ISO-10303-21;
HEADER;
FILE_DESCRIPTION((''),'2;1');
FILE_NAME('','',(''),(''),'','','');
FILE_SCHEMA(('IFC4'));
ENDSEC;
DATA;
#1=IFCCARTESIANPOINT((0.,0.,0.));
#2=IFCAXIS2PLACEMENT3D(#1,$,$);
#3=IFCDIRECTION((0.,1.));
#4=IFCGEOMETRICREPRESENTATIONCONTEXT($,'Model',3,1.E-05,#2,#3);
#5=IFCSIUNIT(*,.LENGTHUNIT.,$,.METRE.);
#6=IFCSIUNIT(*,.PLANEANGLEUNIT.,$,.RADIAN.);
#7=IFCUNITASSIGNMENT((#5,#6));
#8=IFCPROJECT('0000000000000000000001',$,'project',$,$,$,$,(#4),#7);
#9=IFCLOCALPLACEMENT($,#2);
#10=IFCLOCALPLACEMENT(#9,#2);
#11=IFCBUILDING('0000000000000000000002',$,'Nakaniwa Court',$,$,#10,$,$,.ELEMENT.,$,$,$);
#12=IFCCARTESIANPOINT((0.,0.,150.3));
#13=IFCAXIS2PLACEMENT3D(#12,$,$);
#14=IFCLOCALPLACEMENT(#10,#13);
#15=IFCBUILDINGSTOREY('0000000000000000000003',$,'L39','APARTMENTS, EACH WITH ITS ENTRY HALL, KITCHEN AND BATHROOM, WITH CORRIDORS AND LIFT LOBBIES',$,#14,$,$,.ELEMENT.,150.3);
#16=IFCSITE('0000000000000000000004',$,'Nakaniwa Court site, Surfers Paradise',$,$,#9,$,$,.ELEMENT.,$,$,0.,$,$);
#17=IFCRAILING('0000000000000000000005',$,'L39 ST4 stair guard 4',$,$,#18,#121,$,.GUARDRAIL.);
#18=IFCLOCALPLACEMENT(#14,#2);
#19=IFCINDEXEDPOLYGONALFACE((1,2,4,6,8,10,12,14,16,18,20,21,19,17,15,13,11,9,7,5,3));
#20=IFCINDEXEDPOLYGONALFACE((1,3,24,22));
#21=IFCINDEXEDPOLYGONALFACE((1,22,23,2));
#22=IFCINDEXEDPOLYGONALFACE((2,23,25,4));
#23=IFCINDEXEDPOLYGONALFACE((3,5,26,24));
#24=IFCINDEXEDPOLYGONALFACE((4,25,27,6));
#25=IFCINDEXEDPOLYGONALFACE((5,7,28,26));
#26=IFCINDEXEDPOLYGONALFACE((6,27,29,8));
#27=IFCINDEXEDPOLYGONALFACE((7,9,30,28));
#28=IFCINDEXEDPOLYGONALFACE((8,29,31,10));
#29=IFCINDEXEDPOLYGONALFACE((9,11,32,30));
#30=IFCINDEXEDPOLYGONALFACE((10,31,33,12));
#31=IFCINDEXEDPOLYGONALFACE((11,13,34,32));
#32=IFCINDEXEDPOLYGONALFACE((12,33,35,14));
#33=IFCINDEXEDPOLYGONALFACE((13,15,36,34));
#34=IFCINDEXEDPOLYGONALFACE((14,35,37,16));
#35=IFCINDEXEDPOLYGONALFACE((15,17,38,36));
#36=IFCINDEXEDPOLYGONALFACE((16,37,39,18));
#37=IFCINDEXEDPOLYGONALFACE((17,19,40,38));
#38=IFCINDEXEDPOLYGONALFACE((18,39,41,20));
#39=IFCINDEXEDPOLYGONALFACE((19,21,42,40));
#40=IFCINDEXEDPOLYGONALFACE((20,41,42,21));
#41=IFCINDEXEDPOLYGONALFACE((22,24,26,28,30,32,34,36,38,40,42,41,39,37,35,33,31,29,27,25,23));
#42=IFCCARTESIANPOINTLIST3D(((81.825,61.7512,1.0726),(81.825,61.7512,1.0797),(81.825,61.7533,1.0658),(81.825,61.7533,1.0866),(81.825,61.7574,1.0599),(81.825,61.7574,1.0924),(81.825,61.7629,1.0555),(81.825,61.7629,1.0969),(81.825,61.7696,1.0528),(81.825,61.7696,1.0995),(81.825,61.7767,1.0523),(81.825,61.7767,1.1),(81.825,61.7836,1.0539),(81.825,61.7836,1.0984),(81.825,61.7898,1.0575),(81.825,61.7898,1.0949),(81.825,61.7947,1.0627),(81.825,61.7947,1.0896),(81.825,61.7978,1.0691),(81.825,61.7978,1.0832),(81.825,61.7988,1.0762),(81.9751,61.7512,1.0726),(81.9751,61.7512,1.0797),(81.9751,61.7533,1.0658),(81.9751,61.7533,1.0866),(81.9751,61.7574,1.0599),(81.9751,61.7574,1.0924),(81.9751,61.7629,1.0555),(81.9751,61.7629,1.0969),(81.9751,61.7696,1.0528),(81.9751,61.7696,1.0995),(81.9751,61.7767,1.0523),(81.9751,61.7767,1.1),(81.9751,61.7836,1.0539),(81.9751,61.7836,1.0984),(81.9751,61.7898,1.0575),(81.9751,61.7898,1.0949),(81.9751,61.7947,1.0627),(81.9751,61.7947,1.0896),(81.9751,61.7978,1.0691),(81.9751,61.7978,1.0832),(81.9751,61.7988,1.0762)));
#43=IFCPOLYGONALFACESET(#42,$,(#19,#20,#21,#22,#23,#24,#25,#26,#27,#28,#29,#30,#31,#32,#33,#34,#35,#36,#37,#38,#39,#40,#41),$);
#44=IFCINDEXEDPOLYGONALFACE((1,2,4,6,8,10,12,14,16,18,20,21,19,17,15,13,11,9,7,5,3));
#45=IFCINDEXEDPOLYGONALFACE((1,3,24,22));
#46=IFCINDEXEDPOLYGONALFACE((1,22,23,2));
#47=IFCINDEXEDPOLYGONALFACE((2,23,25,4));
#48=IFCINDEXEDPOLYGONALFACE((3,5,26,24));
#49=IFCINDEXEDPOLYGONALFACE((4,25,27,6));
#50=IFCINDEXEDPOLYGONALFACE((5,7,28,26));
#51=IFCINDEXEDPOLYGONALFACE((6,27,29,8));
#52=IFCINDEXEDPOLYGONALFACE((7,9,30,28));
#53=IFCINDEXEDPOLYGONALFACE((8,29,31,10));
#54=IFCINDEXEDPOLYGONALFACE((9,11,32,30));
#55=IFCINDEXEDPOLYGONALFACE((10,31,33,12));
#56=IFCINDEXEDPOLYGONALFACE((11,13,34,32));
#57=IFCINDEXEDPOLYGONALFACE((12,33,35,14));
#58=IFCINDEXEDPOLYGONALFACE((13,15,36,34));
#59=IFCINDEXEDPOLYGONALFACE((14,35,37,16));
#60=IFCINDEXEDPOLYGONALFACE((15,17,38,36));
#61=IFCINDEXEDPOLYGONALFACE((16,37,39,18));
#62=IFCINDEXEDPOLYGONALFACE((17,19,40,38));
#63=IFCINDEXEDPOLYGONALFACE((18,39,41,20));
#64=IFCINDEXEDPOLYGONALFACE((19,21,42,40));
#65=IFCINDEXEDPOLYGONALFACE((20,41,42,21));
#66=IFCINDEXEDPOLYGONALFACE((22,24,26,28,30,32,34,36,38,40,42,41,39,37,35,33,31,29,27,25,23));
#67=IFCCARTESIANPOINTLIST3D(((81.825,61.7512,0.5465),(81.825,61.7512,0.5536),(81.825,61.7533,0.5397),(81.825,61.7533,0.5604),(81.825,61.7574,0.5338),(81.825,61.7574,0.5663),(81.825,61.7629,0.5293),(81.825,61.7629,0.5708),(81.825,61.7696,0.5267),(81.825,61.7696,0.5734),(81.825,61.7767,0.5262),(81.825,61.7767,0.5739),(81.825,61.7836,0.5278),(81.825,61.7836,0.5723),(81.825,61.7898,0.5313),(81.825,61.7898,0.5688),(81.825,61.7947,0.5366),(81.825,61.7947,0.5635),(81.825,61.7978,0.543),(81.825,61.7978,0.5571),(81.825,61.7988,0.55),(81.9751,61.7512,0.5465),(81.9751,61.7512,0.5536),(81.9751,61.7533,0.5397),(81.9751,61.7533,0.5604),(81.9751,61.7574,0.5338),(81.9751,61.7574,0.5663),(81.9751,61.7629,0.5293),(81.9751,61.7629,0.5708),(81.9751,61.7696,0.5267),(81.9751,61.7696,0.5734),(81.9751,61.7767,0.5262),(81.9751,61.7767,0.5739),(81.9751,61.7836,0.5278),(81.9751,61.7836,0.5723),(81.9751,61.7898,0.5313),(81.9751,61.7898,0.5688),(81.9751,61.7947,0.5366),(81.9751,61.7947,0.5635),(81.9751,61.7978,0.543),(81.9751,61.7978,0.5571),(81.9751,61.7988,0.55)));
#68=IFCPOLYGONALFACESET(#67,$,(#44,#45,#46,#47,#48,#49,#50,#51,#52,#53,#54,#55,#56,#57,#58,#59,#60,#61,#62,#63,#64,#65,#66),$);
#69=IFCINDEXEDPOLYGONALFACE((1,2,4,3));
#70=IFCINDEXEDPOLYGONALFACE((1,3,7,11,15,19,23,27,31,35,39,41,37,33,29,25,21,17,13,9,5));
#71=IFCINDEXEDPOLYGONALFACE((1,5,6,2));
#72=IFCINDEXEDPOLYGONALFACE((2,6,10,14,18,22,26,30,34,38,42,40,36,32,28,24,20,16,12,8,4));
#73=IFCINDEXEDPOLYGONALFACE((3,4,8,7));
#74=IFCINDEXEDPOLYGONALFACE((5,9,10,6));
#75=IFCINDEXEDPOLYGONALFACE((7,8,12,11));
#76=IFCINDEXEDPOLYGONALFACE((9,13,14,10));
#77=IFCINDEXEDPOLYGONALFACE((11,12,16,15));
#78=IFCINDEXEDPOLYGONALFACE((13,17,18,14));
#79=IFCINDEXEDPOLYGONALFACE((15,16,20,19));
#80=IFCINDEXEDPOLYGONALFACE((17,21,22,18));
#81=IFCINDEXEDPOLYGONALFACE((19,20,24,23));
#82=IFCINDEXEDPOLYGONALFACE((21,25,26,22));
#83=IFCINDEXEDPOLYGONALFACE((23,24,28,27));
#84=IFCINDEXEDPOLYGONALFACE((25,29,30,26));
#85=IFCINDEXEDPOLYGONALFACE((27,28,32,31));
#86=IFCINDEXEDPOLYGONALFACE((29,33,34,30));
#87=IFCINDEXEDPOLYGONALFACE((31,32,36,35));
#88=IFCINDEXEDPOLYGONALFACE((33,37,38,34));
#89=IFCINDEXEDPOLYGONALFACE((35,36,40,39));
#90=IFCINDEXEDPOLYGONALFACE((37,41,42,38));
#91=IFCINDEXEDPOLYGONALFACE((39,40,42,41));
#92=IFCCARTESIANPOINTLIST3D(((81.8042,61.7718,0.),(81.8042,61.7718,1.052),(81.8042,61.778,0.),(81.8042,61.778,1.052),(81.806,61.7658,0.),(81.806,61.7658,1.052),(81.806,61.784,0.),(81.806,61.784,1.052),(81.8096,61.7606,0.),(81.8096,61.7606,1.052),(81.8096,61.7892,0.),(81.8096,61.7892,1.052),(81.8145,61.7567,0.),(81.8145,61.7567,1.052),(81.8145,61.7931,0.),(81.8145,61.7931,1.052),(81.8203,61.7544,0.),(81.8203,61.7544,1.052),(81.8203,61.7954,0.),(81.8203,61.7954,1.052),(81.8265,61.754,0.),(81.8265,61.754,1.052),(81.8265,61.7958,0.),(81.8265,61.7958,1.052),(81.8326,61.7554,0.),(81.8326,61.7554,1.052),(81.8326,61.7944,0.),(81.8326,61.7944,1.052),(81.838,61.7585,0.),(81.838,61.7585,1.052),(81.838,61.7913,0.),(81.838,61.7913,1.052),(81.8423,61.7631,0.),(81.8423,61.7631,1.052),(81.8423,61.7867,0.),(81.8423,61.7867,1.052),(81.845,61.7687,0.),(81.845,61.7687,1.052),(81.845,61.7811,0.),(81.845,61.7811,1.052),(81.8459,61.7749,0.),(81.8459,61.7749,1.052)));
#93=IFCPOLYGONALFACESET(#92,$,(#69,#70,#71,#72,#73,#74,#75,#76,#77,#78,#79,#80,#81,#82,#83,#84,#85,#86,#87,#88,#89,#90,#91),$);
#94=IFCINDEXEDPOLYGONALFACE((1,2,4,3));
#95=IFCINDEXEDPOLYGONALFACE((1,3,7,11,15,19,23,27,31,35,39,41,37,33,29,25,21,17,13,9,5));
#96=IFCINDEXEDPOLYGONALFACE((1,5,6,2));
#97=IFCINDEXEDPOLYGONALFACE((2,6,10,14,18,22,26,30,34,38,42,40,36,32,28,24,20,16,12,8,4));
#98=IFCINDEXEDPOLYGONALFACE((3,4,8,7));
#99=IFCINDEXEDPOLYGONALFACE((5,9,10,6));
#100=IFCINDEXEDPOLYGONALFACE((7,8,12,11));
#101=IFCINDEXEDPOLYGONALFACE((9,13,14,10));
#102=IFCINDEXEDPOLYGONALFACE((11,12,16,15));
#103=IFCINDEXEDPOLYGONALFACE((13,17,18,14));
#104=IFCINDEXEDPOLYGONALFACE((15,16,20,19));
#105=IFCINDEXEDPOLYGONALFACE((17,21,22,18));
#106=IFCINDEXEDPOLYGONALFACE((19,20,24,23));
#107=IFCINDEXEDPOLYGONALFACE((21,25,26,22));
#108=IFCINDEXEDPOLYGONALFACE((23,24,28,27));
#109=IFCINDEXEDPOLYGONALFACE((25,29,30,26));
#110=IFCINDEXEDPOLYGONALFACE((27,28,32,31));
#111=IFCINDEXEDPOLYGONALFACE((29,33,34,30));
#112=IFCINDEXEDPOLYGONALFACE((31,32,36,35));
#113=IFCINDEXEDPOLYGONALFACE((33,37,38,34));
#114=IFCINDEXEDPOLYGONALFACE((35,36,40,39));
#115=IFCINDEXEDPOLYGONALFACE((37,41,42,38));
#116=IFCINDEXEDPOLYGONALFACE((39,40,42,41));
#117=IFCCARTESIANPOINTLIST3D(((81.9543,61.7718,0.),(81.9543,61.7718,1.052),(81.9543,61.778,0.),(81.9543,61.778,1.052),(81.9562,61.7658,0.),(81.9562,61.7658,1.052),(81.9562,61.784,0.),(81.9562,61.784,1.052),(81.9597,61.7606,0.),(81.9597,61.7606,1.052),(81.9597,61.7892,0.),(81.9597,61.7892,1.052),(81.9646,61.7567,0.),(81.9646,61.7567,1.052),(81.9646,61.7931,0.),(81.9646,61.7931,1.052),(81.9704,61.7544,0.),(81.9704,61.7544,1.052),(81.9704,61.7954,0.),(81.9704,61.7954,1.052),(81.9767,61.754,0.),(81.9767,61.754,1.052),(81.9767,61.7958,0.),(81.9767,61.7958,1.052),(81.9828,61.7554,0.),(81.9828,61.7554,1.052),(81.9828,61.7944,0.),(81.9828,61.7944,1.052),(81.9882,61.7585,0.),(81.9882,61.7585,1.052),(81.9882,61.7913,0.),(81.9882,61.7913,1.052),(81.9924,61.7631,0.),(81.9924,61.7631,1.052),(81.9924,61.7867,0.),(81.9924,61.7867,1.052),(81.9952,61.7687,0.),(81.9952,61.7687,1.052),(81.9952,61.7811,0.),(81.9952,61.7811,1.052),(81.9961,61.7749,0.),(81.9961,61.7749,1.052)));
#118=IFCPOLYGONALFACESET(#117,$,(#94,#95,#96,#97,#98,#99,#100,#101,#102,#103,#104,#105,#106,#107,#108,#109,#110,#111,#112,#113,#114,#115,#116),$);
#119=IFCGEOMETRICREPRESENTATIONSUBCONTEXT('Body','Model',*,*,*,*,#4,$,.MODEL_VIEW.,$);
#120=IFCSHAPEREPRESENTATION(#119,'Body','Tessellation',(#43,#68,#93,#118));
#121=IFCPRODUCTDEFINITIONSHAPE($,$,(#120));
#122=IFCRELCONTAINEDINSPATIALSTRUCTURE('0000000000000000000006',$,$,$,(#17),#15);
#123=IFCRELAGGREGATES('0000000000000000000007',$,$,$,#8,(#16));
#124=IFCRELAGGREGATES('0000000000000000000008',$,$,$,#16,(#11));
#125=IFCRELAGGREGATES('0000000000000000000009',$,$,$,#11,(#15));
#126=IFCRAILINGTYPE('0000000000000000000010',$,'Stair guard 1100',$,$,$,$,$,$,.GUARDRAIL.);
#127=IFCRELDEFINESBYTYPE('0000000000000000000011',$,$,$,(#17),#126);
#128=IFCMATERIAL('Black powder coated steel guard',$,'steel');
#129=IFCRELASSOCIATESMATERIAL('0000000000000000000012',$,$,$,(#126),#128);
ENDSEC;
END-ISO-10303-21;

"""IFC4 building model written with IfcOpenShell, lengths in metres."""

from ifc_helpers import new_model, si_unit, direction, frame, origin, origin_2d, place, context, subcontext, project, spatial, circle, extrude, material, type_object, element, save


model = new_model("IFC4")

# Units and contexts
model_context = context("Model", 3, precision=1e-05, world=origin(), true_north=direction((0.0, 1.0)))
body_context = subcontext(model_context, "Body", "Model", "MODEL_VIEW")
ifc_project = project(units=[si_unit("LENGTHUNIT", "METRE"), si_unit("PLANEANGLEUNIT", "RADIAN")], contexts=[model_context])

# Site, building, storey
site_placement = place(None, origin())
site = spatial("IfcSite", under=ifc_project, at=site_placement, Name="Nakaniwa Court site, Surfers Paradise", CompositionType="ELEMENT", RefElevation=0.0)
building_placement = place(site_placement, origin())
building = spatial("IfcBuilding", under=site, at=building_placement, Name="Nakaniwa Court", CompositionType="ELEMENT")
storey_placement = place(building_placement, frame((0.0, 0.0, 150.3)))
storey = spatial("IfcBuildingStorey", under=building, at=storey_placement, Name="L39", Description="APARTMENTS, EACH WITH ITS ENTRY HALL, KITCHEN AND BATHROOM, WITH CORRIDORS AND LIFT LOBBIES", CompositionType="ELEMENT", Elevation=150.3)

# Railing
ifc_material_1 = material(Name="Black powder coated steel guard", Category="steel")
railing_type_1 = type_object("IfcRailingType", Name="Stair guard 1100", PredefinedType="GUARDRAIL", material=ifc_material_1)
railing_1_placement = place(storey_placement, frame((81.825, 61.7749, 0.0)))
element("IfcRailing", 1, at=railing_1_placement, inside=storey, type_object=railing_type_1, Name="L39 ST4 stair guard 4", PredefinedType="GUARDRAIL", context=body_context, shape_type="SweptSolid", body=[
    extrude(circle(Radius=0.0239, at=origin_2d()), frame((0.0, 0.0, 1.0762), z_axis=(1.0, 0.0, 0.0), x_axis=(0.0, 1.0, 0.0)), (0.0, 0.0, 1.0), 0.1501),
    extrude(circle(Radius=0.0239, at=origin_2d()), frame((0.0, 0.0, 0.55), z_axis=(1.0, 0.0, 0.0), x_axis=(0.0, 1.0, 0.0)), (0.0, 0.0, 1.0), 0.1501),
    extrude(circle(Radius=0.021, at=origin_2d()), origin(), (0.0, 0.0, 1.0), 1.052),
    extrude(circle(Radius=0.021, at=origin_2d()), frame((0.1501, 0.0, 0.0)), (0.0, 0.0, 1.0), 1.052),
])

save(model, "model.ifc")
